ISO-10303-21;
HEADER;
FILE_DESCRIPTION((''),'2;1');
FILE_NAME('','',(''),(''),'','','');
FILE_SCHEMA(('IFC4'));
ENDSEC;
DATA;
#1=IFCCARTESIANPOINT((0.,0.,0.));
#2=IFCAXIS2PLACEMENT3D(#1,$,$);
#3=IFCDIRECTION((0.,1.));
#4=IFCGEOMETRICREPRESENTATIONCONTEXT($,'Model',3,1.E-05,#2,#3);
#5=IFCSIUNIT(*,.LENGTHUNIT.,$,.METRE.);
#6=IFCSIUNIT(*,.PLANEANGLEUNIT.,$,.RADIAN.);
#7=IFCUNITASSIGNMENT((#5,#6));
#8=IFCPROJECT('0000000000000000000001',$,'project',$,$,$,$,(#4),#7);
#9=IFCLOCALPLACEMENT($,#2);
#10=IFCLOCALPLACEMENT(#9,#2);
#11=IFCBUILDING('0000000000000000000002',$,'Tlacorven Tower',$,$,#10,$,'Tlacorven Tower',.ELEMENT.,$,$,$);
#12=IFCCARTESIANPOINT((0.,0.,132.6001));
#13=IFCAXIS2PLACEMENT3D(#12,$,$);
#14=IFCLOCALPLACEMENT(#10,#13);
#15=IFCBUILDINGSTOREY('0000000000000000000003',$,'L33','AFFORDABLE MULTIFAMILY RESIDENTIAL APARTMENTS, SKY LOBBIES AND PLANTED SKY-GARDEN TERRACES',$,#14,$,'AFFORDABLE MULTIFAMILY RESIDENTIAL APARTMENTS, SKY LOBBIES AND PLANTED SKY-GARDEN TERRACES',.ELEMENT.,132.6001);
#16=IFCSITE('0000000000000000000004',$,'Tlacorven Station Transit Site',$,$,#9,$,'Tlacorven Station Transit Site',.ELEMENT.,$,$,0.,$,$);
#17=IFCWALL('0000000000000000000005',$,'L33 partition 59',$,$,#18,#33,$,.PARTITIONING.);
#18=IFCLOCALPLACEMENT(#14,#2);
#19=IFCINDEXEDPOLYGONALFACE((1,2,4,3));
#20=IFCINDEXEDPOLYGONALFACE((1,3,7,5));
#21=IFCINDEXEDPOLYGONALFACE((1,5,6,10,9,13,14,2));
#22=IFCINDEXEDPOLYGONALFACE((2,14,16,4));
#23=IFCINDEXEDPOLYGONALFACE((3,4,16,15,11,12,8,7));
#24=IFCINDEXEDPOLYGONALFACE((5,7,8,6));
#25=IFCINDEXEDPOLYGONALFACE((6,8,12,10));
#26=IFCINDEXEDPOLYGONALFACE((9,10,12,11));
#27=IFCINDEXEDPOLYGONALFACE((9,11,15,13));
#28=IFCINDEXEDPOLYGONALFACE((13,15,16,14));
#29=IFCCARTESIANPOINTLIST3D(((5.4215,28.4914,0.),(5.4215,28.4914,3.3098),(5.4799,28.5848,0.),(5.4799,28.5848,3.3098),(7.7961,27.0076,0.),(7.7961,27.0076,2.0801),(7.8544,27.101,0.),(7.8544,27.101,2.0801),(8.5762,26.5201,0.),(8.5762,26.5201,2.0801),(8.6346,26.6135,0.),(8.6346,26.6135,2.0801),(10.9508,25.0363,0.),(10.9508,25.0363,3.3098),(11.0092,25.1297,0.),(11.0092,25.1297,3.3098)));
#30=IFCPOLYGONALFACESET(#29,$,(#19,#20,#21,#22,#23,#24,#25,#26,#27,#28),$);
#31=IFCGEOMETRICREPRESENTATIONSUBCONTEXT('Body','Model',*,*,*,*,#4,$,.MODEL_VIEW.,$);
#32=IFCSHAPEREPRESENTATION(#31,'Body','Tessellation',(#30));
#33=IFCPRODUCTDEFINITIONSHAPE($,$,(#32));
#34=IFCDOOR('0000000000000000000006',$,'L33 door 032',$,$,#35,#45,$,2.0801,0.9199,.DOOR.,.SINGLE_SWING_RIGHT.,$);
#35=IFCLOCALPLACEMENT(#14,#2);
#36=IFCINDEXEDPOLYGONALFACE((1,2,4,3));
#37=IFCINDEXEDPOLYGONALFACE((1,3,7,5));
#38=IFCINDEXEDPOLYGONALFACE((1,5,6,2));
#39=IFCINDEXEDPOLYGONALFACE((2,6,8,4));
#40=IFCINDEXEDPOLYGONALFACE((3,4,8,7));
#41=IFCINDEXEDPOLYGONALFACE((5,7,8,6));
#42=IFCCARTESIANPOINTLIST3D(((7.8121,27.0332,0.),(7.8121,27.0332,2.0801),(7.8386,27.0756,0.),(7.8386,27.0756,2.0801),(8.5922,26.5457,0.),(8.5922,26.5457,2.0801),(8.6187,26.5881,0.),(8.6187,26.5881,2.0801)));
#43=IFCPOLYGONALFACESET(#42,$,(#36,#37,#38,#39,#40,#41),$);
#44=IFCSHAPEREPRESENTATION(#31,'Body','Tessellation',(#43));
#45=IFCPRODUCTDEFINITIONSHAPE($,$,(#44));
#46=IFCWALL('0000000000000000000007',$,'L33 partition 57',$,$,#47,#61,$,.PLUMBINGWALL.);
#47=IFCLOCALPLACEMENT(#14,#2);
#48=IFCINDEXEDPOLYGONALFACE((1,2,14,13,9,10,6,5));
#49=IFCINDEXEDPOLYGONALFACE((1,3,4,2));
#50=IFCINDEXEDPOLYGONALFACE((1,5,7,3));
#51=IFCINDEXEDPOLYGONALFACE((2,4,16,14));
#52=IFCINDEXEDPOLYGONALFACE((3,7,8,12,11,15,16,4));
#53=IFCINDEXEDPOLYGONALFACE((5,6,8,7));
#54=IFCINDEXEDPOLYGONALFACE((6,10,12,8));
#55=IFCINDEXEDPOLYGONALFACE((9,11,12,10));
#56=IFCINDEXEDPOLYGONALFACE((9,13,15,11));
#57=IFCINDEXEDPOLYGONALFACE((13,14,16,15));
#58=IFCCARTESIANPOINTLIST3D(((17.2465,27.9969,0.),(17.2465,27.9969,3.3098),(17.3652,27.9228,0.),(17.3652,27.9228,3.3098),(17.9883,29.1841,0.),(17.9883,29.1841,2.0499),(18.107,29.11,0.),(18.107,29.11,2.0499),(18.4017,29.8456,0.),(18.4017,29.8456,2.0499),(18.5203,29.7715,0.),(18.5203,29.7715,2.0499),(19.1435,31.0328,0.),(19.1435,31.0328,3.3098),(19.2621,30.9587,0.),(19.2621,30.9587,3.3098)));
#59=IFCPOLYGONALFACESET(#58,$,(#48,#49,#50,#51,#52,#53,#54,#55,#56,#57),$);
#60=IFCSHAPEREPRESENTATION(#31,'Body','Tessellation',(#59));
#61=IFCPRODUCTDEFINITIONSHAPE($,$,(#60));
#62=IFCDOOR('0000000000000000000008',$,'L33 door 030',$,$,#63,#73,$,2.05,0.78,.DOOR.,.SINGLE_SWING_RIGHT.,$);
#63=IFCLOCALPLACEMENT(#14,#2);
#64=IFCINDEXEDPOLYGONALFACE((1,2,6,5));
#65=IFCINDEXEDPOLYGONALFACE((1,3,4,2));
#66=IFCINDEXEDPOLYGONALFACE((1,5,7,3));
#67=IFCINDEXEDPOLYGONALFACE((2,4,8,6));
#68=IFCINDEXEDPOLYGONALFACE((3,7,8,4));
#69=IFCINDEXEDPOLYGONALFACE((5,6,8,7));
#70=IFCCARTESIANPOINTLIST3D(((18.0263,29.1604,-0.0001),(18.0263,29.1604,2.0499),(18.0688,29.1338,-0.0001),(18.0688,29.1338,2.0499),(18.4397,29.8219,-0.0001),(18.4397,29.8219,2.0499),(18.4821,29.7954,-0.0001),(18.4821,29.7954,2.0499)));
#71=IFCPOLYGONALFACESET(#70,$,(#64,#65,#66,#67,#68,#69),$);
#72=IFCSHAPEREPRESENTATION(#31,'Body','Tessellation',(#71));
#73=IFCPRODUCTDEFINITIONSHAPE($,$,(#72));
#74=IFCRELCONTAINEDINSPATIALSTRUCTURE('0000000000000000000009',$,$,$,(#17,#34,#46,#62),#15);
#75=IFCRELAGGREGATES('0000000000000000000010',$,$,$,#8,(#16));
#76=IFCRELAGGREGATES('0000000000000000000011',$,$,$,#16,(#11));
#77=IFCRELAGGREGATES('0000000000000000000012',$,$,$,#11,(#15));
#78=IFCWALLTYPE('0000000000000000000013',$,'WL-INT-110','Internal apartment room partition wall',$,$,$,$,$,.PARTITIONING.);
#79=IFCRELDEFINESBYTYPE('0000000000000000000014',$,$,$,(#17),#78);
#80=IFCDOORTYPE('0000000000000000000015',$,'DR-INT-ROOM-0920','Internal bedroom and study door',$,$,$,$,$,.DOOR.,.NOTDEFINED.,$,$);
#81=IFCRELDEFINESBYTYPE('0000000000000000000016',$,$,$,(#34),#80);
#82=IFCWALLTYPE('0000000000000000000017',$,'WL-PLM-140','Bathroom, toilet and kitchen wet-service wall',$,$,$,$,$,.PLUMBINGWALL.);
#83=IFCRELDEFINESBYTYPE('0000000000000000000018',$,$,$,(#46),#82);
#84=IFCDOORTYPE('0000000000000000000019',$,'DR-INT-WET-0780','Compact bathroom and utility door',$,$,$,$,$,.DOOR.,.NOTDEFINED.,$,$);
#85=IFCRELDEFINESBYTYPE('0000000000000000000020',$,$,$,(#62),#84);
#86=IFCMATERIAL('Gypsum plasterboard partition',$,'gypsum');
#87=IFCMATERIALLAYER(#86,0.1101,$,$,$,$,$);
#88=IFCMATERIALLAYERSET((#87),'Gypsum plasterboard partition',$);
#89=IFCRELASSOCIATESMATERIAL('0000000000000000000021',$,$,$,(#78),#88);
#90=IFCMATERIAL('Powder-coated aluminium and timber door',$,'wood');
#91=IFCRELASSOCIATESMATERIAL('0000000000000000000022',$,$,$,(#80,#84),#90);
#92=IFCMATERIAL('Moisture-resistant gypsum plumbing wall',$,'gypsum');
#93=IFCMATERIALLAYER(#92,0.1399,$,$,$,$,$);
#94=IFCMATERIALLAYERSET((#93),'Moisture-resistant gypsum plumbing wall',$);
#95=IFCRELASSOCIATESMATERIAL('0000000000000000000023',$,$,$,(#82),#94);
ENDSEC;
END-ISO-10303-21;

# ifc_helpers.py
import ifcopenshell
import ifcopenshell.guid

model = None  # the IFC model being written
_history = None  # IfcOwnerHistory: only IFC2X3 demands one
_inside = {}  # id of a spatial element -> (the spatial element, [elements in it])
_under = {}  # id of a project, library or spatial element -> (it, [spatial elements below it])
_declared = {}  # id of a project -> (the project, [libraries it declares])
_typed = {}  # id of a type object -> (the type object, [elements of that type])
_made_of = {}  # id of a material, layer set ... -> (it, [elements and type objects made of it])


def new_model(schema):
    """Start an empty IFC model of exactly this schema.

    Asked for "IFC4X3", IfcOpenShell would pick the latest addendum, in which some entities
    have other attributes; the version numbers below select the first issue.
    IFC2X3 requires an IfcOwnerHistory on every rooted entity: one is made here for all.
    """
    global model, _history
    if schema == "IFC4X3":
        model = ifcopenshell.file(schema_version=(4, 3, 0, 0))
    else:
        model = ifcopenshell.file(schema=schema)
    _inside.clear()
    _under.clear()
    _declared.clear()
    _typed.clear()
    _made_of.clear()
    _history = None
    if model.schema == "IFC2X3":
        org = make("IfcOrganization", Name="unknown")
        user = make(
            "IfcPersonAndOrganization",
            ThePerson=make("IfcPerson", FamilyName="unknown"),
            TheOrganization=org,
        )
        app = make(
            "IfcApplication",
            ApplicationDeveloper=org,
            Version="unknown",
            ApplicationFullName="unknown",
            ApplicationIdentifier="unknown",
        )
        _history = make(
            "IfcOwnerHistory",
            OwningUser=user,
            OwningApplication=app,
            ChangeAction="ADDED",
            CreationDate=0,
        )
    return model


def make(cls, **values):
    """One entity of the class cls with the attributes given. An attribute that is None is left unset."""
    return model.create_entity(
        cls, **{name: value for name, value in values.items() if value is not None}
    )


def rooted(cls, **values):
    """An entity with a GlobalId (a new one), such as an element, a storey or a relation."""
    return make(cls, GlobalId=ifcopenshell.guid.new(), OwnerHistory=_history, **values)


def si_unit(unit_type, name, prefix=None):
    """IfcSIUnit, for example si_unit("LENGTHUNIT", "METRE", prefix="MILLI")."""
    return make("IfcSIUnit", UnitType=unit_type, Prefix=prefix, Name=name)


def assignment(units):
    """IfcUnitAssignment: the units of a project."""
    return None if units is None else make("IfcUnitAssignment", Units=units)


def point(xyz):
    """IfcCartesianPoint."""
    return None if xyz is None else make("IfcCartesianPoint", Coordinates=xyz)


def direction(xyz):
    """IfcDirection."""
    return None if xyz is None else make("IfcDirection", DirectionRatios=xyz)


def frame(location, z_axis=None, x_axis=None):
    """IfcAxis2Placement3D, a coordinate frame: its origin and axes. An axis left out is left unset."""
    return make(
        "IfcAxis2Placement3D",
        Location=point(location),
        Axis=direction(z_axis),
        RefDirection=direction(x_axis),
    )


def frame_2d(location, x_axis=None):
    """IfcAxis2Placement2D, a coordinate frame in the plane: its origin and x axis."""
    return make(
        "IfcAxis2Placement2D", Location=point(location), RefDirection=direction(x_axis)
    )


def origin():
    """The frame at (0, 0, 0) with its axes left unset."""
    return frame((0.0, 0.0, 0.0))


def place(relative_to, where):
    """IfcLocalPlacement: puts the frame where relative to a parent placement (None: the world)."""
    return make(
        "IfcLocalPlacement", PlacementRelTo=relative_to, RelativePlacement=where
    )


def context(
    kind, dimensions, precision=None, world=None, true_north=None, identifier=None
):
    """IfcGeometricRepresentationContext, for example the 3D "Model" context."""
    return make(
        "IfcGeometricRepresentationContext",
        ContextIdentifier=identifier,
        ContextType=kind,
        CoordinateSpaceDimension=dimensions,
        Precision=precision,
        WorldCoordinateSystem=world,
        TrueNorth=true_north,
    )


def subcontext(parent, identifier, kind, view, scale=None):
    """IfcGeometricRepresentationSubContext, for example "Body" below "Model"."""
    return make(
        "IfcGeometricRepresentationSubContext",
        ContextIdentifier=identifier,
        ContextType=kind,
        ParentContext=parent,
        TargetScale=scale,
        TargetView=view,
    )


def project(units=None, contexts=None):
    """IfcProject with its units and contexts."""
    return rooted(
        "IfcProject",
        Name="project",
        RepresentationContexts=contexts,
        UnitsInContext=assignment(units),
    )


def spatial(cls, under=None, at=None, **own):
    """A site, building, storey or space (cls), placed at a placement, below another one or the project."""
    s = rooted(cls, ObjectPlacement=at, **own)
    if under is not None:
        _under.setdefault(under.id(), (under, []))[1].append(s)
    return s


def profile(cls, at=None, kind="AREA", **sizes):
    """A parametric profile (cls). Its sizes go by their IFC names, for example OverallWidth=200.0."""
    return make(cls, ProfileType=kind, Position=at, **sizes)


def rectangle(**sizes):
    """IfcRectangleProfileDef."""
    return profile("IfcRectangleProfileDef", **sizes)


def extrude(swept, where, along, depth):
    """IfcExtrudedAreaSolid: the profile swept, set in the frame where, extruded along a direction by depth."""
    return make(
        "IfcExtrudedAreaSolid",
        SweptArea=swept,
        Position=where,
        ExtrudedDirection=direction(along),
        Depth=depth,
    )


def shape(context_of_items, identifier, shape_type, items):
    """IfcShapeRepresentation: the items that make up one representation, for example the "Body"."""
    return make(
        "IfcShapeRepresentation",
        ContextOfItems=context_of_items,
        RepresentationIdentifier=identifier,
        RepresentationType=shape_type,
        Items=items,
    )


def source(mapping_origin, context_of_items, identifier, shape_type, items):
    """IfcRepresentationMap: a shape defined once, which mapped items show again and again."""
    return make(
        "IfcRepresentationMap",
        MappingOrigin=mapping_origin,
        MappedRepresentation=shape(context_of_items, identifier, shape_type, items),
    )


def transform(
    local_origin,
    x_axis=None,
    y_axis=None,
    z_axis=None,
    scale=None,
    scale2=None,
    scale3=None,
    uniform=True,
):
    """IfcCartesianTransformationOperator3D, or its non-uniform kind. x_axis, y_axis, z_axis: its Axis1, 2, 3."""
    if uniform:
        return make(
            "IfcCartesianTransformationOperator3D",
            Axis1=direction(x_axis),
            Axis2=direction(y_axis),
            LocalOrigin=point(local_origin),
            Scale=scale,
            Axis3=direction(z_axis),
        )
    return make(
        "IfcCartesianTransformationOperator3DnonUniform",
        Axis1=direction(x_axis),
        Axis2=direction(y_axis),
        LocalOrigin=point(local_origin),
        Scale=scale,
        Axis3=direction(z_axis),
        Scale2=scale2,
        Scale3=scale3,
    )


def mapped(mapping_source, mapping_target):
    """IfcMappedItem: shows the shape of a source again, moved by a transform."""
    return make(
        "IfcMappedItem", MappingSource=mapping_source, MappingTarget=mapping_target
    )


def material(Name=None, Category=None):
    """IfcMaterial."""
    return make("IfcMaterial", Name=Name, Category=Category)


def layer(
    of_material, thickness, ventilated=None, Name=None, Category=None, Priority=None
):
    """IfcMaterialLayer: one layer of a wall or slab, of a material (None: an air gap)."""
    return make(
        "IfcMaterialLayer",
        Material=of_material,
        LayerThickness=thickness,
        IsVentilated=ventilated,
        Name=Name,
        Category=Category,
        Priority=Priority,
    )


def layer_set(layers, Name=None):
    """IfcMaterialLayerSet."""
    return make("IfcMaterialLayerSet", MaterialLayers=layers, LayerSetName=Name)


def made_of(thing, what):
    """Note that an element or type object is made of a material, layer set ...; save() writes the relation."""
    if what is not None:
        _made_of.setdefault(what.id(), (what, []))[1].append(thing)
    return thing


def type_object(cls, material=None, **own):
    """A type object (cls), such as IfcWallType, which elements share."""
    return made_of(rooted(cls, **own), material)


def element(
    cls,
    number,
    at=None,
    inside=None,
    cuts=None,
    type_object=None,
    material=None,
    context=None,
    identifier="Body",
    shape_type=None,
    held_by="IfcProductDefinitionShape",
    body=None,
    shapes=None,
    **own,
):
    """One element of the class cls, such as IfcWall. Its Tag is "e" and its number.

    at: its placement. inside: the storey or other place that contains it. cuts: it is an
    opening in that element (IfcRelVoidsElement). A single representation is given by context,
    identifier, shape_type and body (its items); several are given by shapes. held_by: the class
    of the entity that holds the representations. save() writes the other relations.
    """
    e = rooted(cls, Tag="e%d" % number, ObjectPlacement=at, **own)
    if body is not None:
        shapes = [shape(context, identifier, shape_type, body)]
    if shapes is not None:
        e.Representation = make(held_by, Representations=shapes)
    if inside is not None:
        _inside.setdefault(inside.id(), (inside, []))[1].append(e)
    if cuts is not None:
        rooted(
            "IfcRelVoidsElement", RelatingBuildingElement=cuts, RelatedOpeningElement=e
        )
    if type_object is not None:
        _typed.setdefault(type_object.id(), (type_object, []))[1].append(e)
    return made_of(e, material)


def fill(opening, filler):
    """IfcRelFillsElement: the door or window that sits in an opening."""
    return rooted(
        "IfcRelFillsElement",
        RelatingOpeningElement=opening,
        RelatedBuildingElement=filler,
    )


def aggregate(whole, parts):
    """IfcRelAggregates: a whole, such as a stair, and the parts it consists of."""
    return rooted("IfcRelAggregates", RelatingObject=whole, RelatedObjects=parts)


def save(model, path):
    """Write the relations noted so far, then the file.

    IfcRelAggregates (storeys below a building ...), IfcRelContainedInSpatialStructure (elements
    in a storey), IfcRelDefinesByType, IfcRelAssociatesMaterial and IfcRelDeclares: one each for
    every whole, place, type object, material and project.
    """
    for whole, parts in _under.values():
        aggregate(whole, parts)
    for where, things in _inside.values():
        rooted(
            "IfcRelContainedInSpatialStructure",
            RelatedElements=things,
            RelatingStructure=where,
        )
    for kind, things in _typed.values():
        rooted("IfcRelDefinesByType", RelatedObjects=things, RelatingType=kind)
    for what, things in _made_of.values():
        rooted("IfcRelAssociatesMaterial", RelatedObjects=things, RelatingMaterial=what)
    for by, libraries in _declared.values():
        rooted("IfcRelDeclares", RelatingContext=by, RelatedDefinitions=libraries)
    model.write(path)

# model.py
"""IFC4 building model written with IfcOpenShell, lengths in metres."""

from ifc_helpers import new_model, si_unit, direction, frame, frame_2d, origin, place, context, subcontext, project, spatial, rectangle, extrude, source, transform, mapped, material, layer, layer_set, type_object, element, fill, save


model = new_model("IFC4")

# Units and contexts
model_context = context("Model", 3, precision=1e-05, world=origin(), true_north=direction((0.0, 1.0)))
body_context = subcontext(model_context, "Body", "Model", "MODEL_VIEW")
ifc_project = project(units=[si_unit("LENGTHUNIT", "METRE"), si_unit("PLANEANGLEUNIT", "RADIAN")], contexts=[model_context])

# Site, building, storey
site_placement = place(None, origin())
site = spatial("IfcSite", under=ifc_project, at=site_placement, Name="Tlacorven Station Transit Site", LongName="Tlacorven Station Transit Site", CompositionType="ELEMENT", RefElevation=0.0)
building_placement = place(site_placement, origin())
building = spatial("IfcBuilding", under=site, at=building_placement, Name="Tlacorven Tower", LongName="Tlacorven Tower", CompositionType="ELEMENT")
storey_placement = place(building_placement, frame((0.0, 0.0, 132.6001)))
storey = spatial("IfcBuildingStorey", under=building, at=storey_placement, Name="L33", Description="AFFORDABLE MULTIFAMILY RESIDENTIAL APARTMENTS, SKY LOBBIES AND PLANTED SKY-GARDEN TERRACES", LongName="AFFORDABLE MULTIFAMILY RESIDENTIAL APARTMENTS, SKY LOBBIES AND PLANTED SKY-GARDEN TERRACES", CompositionType="ELEMENT", Elevation=132.6001)

# Walls, openings, doors
ifc_material_1 = material(Name="Gypsum plasterboard partition", Category="gypsum")
ifc_layer_1 = layer(ifc_material_1, 0.1101)
ifc_layer_set_1 = layer_set([ifc_layer_1], Name="Gypsum plasterboard partition")
wall_type_1 = type_object("IfcWallType", Name="WL-INT-110", Description="Internal apartment room partition wall", PredefinedType="PARTITIONING", material=ifc_layer_set_1)
ifc_material_2 = material(Name="Powder-coated aluminium and timber door", Category="wood")
door_type_1 = type_object("IfcDoorType", Name="DR-INT-ROOM-0920", Description="Internal bedroom and study door", OperationType="NOTDEFINED", PredefinedType="DOOR", material=ifc_material_2)
shared_shape_1 = source(origin(), body_context, "Body", "SweptSolid", [
    extrude(rectangle(XDim=0.9199, YDim=2.0801, at=frame_2d((0.46, 1.04))), frame((0.0, 0.0249, 0.0), z_axis=(0.0, -1.0, 0.0), x_axis=(1.0, 0.0, 0.0)), (0.0, 0.0, 1.0), 0.05),
])
wall_1_placement = place(storey_placement, frame((10.98, 25.083, 0.0), z_axis=(0.0, 0.0, 1.0), x_axis=(-0.848049, 0.529918, 0.0)))
wall_1 = element("IfcWall", 1, at=wall_1_placement, inside=storey, type_object=wall_type_1, Name="L33 partition 59", PredefinedType="PARTITIONING", context=body_context, shape_type="SweptSolid", body=[
    extrude(rectangle(XDim=6.52, YDim=0.1101, at=frame_2d((3.26, 0.0))), origin(), (0.0, 0.0, 1.0), 3.3098),
])
opening_1_placement = place(wall_1_placement, frame((2.8, 0.0, 0.0)))
opening_1 = element("IfcOpeningElement", 2, at=opening_1_placement, cuts=wall_1, PredefinedType="OPENING", context=body_context, shape_type="SweptSolid", body=[
    extrude(rectangle(XDim=0.9199, YDim=2.0801, at=frame_2d((0.46, 1.04))), frame((0.0, 0.0649, 0.0), z_axis=(0.0, -1.0, 0.0), x_axis=(1.0, 0.0, 0.0)), (0.0, 0.0, 1.0), 0.1301),
])
door_1_placement = place(opening_1_placement, origin())
door_1 = element("IfcDoor", 3, at=door_1_placement, inside=storey, type_object=door_type_1, Name="L33 door 032", OperationType="SINGLE_SWING_RIGHT", OverallHeight=2.0801, OverallWidth=0.9199, PredefinedType="DOOR", context=body_context, shape_type="MappedRepresentation", body=[
    mapped(shared_shape_1, transform((0.0, 0.0, 0.0), scale=1.0)),
])
fill(opening_1, door_1)
ifc_material_3 = material(Name="Moisture-resistant gypsum plumbing wall", Category="gypsum")
ifc_layer_2 = layer(ifc_material_3, 0.1399)
ifc_layer_set_2 = layer_set([ifc_layer_2], Name="Moisture-resistant gypsum plumbing wall")
wall_type_2 = type_object("IfcWallType", Name="WL-PLM-140", Description="Bathroom, toilet and kitchen wet-service wall", PredefinedType="PLUMBINGWALL", material=ifc_layer_set_2)
wall_2_placement = place(storey_placement, frame((19.2029, 30.9958, 0.0), z_axis=(0.0, 0.0, 1.0), x_axis=(-0.529907, -0.848056, 0.0)))
wall_2 = element("IfcWall", 4, at=wall_2_placement, inside=storey, type_object=wall_type_2, Name="L33 partition 57", PredefinedType="PLUMBINGWALL", context=body_context, shape_type="SweptSolid", body=[
    extrude(rectangle(XDim=3.5798, YDim=0.1399, at=frame_2d((1.79, 0.0))), origin(), (0.0, 0.0, 1.0), 3.3098),
])
opening_2_placement = place(wall_2_placement, frame((1.3999, 0.0, 0.0)))
opening_2 = element("IfcOpeningElement", 5, at=opening_2_placement, cuts=wall_2, PredefinedType="OPENING", context=body_context, shape_type="SweptSolid", body=[
    extrude(rectangle(XDim=0.78, YDim=2.05, at=frame_2d((0.3901, 1.0249))), frame((0.0, 0.0801, 0.0), z_axis=(0.0, -1.0, 0.0), x_axis=(1.0, 0.0, 0.0)), (0.0, 0.0, 1.0), 0.1599),
])
door_type_2 = type_object("IfcDoorType", Name="DR-INT-WET-0780", Description="Compact bathroom and utility door", OperationType="NOTDEFINED", PredefinedType="DOOR", material=ifc_material_2)
shared_shape_2 = source(origin(), body_context, "Body", "SweptSolid", [
    extrude(rectangle(XDim=0.78, YDim=2.05, at=frame_2d((0.3901, 1.0249))), frame((0.0, 0.0249, 0.0), z_axis=(0.0, -1.0, 0.0), x_axis=(1.0, 0.0, 0.0)), (0.0, 0.0, 1.0), 0.05),
])
door_2_placement = place(opening_2_placement, origin())
door_2 = element("IfcDoor", 6, at=door_2_placement, inside=storey, type_object=door_type_2, Name="L33 door 030", OperationType="SINGLE_SWING_RIGHT", OverallHeight=2.05, OverallWidth=0.78, PredefinedType="DOOR", context=body_context, shape_type="MappedRepresentation", body=[
    mapped(shared_shape_2, transform((0.0, 0.0, 0.0), scale=1.0)),
])
fill(opening_2, door_2)

save(model, "model.ifc")
